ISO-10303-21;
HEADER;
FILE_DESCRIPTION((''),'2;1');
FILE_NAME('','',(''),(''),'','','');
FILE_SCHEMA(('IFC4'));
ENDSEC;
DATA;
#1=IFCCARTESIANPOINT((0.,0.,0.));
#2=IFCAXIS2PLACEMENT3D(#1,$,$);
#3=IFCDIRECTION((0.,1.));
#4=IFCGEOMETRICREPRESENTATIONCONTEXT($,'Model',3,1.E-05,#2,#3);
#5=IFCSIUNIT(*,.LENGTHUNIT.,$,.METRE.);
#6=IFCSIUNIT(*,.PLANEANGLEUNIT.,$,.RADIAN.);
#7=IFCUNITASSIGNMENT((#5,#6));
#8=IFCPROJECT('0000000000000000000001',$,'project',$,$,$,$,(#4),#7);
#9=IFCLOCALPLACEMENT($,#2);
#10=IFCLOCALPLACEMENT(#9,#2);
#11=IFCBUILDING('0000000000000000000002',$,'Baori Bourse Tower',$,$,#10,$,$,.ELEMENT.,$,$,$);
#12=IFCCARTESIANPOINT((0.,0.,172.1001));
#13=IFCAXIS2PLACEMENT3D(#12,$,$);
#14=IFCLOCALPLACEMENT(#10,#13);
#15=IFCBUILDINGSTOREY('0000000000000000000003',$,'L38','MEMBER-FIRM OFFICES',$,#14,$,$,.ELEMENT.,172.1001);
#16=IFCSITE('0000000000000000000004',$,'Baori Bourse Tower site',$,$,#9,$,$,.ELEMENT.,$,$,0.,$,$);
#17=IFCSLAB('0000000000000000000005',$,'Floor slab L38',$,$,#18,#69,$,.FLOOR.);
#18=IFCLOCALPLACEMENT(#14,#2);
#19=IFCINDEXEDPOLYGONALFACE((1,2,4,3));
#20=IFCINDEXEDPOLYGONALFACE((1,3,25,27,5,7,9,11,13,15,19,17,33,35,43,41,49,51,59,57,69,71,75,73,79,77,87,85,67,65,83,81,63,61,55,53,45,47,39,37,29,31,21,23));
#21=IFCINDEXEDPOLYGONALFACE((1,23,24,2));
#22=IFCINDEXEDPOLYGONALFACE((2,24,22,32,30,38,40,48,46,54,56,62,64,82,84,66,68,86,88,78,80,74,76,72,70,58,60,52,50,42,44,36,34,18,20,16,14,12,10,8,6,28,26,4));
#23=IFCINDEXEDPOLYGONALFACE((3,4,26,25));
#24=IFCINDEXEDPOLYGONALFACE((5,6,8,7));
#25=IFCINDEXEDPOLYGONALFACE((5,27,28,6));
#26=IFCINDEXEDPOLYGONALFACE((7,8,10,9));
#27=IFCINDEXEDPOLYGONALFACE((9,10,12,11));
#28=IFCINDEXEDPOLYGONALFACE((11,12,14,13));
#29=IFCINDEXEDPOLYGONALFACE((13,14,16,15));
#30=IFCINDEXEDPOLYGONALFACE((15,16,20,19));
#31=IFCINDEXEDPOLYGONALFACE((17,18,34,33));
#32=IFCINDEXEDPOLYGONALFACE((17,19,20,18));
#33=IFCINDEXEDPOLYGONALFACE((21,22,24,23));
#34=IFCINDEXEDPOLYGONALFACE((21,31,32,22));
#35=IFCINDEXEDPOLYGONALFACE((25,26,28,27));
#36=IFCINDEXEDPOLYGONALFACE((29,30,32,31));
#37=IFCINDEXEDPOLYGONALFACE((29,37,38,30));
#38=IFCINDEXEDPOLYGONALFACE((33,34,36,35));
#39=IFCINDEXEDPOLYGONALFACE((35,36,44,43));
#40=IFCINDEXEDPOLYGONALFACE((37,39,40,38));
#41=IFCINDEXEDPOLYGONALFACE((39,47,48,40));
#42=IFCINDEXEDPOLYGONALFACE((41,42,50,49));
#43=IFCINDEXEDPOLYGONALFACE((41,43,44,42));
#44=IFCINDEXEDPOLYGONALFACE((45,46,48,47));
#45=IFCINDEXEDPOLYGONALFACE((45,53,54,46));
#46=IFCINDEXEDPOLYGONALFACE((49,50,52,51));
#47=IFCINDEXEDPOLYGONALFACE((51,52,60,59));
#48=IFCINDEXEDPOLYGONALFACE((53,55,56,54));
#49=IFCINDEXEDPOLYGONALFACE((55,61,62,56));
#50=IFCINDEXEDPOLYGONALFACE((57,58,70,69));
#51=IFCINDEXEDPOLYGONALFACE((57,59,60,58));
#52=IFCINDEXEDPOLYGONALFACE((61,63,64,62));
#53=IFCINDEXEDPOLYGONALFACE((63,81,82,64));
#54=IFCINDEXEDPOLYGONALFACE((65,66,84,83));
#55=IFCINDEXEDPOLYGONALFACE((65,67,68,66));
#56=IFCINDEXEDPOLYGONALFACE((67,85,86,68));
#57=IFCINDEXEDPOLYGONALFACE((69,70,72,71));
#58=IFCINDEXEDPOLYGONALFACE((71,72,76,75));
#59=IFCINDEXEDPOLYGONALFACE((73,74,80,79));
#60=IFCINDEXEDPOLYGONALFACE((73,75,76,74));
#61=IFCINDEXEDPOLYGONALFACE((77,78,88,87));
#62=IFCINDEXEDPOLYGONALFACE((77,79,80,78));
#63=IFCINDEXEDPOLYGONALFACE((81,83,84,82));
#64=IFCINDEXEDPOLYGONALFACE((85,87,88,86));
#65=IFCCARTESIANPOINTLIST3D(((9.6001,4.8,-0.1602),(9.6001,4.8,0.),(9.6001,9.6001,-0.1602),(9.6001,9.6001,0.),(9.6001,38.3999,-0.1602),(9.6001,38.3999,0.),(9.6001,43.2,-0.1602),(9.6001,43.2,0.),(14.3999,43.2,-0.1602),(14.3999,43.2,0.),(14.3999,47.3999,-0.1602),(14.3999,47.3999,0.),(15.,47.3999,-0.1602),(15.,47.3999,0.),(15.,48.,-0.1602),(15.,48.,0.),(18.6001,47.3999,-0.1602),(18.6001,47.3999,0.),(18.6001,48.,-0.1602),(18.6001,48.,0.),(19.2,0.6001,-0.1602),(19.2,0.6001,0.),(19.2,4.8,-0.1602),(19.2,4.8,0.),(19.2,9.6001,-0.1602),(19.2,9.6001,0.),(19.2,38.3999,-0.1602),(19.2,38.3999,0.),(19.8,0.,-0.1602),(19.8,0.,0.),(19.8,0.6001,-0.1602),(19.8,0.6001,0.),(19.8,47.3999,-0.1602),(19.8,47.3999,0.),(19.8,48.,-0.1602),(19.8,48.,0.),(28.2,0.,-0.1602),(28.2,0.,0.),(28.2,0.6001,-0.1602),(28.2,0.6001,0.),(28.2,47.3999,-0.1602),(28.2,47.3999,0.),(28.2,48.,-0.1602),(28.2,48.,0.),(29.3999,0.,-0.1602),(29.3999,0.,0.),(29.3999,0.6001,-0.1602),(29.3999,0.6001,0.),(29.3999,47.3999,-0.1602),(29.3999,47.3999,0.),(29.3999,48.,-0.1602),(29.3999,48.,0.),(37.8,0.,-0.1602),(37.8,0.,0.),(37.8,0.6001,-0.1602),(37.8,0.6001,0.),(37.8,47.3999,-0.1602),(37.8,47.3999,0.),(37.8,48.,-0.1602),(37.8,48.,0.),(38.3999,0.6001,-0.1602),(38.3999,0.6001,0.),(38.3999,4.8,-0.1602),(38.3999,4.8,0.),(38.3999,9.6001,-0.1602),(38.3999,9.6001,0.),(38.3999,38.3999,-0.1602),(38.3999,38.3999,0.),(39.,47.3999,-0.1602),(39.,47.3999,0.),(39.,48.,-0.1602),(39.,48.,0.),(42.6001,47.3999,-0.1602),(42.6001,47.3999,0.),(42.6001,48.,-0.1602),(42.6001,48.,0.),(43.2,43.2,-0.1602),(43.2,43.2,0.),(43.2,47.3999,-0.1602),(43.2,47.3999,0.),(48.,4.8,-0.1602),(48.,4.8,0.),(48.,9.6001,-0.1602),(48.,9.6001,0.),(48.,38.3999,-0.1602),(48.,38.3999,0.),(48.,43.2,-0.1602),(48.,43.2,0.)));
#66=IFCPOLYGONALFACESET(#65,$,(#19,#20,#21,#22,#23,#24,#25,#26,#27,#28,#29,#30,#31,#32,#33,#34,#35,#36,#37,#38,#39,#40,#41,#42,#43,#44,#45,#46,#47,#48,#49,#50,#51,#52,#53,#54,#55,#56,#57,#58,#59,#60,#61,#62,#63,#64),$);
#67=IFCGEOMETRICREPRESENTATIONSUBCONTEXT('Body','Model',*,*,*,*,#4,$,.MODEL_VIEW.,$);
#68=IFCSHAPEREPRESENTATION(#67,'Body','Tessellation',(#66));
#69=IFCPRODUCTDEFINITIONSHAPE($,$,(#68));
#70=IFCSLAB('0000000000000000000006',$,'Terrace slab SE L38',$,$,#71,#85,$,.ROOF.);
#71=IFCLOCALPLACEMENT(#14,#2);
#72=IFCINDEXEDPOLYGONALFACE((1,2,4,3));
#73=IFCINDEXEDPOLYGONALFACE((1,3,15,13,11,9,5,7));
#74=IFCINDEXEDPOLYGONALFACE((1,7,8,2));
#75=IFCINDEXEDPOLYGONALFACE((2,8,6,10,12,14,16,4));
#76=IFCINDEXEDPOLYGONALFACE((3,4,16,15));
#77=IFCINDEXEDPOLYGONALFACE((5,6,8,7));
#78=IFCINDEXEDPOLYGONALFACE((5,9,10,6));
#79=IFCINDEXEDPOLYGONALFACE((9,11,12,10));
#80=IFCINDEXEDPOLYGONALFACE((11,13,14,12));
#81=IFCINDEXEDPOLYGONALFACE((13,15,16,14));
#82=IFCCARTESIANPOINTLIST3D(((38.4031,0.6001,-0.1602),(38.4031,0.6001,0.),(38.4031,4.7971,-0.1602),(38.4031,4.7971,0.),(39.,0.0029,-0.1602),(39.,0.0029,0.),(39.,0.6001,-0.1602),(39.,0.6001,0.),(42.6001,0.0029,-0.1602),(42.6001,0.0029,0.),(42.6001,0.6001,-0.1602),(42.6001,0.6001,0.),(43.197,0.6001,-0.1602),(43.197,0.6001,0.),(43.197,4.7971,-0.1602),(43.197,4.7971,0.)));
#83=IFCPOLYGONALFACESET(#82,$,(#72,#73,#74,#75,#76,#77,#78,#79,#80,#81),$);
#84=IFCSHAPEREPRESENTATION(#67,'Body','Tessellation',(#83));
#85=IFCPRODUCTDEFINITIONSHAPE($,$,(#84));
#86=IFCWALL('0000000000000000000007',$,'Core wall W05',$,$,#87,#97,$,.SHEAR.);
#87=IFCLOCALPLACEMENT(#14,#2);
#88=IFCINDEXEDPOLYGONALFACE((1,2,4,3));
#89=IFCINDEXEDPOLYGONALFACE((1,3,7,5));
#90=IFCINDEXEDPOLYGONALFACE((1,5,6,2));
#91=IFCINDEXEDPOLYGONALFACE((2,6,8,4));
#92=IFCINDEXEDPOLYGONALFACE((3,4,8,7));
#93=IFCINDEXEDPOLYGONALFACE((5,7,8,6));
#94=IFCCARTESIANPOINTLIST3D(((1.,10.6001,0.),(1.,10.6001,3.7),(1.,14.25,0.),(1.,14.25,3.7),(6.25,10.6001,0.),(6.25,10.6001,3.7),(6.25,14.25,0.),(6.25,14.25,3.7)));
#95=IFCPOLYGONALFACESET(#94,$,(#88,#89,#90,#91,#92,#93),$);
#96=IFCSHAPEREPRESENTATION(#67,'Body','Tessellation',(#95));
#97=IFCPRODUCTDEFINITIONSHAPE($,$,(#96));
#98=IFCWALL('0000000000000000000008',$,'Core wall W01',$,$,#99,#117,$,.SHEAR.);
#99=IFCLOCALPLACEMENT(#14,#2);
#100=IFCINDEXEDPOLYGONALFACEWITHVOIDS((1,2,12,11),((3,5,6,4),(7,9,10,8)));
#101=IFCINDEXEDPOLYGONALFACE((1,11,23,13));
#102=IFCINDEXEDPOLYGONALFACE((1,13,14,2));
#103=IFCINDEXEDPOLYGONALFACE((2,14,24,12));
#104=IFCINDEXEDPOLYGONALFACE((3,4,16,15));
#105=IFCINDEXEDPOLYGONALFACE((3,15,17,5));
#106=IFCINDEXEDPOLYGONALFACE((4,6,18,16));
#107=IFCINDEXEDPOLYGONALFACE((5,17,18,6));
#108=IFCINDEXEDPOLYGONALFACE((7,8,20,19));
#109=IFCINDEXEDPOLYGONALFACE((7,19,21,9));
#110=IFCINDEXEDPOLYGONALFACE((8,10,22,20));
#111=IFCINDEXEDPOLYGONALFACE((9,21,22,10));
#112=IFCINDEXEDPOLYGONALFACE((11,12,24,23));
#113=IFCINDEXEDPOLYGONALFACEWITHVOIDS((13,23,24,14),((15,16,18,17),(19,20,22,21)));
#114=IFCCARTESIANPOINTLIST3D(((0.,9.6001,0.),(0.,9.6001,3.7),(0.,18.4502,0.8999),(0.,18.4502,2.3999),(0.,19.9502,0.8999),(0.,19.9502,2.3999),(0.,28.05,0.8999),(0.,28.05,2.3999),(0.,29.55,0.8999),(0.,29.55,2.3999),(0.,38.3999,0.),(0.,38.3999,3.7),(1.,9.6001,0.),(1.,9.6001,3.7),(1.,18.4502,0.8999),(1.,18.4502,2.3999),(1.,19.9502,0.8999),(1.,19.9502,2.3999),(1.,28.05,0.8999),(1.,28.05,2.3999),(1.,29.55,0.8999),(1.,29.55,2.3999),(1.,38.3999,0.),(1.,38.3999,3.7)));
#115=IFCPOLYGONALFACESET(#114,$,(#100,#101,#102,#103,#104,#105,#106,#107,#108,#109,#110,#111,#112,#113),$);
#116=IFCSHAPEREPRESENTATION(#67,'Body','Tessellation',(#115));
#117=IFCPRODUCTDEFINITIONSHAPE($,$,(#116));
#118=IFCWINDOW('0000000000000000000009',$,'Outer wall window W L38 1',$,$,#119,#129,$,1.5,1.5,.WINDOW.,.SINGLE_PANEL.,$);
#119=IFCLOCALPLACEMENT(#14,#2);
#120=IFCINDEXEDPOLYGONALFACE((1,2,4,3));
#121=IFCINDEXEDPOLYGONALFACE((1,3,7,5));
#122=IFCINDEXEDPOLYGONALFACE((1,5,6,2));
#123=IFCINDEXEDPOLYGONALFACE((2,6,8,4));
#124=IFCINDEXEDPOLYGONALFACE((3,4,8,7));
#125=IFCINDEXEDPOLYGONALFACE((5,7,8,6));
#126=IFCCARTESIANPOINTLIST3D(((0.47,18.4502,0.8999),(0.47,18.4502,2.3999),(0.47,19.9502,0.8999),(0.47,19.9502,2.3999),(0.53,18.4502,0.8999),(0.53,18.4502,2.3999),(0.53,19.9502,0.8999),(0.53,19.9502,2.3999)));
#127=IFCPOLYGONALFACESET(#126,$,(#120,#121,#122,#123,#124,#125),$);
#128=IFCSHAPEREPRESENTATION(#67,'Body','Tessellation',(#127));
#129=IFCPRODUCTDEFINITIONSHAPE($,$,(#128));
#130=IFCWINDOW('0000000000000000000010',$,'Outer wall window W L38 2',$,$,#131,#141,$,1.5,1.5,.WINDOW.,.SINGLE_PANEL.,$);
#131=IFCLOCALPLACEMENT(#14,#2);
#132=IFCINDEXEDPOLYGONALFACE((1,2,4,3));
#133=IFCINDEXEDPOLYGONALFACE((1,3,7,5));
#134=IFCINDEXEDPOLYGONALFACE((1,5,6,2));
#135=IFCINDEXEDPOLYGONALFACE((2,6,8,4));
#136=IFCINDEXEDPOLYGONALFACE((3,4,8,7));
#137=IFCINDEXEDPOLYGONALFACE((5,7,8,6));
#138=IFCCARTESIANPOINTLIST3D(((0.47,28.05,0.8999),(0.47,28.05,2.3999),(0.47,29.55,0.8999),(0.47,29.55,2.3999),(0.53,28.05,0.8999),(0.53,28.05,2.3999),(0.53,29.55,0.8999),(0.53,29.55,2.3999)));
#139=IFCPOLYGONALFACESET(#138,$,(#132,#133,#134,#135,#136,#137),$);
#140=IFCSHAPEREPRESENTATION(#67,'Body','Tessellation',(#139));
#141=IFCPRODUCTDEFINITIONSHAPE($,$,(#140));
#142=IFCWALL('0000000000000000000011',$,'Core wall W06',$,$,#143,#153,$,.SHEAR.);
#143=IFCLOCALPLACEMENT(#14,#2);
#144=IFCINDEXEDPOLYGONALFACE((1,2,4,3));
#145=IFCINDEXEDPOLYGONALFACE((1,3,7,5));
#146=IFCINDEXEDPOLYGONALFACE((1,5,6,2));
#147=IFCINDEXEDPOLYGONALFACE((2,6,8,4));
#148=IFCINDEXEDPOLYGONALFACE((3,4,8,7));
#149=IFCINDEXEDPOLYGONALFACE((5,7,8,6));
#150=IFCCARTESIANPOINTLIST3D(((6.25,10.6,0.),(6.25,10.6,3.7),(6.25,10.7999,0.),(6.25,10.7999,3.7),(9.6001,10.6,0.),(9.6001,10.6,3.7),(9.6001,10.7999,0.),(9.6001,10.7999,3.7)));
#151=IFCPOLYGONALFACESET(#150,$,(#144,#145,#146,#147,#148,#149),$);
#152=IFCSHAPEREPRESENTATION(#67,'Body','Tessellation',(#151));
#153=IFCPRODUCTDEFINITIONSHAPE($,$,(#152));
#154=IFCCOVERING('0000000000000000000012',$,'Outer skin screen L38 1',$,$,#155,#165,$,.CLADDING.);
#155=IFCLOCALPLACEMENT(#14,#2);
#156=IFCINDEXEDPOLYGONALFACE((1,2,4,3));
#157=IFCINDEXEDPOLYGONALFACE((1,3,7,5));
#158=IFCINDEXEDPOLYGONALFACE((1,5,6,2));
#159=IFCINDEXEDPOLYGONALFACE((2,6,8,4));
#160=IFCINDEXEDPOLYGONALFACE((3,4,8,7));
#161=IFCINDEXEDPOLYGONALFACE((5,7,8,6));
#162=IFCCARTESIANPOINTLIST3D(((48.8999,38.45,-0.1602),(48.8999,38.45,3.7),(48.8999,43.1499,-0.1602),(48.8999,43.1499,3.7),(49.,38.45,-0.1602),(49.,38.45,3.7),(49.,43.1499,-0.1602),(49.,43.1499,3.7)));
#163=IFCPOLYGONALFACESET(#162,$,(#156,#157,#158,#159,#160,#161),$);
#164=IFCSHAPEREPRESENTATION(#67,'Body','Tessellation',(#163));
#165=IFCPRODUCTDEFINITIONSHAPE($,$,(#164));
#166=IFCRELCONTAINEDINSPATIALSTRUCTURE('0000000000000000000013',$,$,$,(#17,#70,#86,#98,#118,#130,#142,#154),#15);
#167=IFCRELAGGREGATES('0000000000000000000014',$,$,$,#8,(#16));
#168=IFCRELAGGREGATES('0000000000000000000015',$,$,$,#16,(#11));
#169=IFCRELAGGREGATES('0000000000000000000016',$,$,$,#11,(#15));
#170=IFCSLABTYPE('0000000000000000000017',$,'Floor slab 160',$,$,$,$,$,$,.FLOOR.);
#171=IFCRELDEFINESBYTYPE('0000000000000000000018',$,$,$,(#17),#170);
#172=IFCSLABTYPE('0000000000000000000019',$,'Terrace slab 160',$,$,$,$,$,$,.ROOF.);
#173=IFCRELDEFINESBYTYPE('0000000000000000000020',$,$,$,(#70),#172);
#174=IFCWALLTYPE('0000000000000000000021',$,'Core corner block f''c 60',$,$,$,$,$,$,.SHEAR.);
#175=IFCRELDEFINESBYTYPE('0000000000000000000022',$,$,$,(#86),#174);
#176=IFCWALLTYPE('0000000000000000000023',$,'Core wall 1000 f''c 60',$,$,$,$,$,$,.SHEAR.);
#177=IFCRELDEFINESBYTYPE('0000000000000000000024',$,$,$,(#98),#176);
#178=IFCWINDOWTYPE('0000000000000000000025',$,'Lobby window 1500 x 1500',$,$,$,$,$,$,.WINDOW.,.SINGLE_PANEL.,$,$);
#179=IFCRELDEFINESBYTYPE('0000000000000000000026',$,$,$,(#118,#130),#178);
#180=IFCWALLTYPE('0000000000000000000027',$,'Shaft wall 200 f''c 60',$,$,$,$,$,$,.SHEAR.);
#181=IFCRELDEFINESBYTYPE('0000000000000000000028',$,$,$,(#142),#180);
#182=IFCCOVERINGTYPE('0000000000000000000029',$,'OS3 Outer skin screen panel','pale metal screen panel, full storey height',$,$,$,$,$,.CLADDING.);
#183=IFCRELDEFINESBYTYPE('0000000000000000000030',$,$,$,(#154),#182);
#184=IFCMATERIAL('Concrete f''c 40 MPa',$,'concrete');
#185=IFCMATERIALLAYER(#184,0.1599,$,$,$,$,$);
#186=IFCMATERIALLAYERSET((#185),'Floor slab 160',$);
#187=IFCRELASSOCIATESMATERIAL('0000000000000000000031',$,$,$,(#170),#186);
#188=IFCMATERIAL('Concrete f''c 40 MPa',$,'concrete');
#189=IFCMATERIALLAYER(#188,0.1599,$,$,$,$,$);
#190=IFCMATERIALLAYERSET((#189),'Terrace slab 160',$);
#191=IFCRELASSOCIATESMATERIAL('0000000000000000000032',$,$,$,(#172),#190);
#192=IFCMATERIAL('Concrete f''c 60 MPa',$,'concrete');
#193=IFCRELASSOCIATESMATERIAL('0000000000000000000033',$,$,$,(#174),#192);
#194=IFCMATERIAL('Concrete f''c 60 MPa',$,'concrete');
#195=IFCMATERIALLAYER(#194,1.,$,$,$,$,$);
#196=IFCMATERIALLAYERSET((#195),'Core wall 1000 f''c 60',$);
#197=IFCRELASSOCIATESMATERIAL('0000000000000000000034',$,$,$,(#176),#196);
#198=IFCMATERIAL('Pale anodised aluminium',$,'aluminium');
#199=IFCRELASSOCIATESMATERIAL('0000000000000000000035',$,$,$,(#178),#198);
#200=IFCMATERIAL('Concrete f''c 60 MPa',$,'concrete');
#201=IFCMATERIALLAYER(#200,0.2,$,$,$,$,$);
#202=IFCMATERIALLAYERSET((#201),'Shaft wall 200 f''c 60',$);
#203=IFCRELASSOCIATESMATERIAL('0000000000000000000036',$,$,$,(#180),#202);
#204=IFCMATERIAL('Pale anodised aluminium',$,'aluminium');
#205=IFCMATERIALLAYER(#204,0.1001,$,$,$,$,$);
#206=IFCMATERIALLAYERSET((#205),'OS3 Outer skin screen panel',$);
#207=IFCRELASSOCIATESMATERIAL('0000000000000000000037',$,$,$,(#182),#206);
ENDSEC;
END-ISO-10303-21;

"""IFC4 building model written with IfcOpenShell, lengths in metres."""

from ifc_helpers import new_model, si_unit, direction, frame, frame_2d, origin, place, context, subcontext, project, spatial, polyline, rectangle, outline, extrude, material, layer, layer_set, type_object, element, fill, save


model = new_model("IFC4")

# Units and contexts
model_context = context("Model", 3, precision=1e-05, world=origin(), true_north=direction((0.0, 1.0)))
body_context = subcontext(model_context, "Body", "Model", "MODEL_VIEW")
ifc_project = project(units=[si_unit("LENGTHUNIT", "METRE"), si_unit("PLANEANGLEUNIT", "RADIAN")], contexts=[model_context])

# Site, building, storey
site_placement = place(None, origin())
site = spatial("IfcSite", under=ifc_project, at=site_placement, Name="Baori Bourse Tower site", CompositionType="ELEMENT", RefElevation=0.0)
building_placement = place(site_placement, origin())
building = spatial("IfcBuilding", under=site, at=building_placement, Name="Baori Bourse Tower", CompositionType="ELEMENT")
storey_placement = place(building_placement, frame((0.0, 0.0, 172.1001)))
storey = spatial("IfcBuildingStorey", under=building, at=storey_placement, Name="L38", Description="MEMBER-FIRM OFFICES", CompositionType="ELEMENT", Elevation=172.1001)

# Slabs
ifc_material_1 = material(Name="Concrete f'c 40 MPa", Category="concrete")
ifc_layer_1 = layer(ifc_material_1, 0.1599)
ifc_layer_set_1 = layer_set([ifc_layer_1], Name="Floor slab 160")
slab_type_1 = type_object("IfcSlabType", Name="Floor slab 160", PredefinedType="FLOOR", material=ifc_layer_set_1)
slab_1_placement = place(storey_placement, frame((0.0, 0.0, -0.1602)))
element("IfcSlab", 1, at=slab_1_placement, inside=storey, type_object=slab_type_1, Name="Floor slab L38", PredefinedType="FLOOR", context=body_context, shape_type="SweptSolid", body=[
    extrude(outline(polyline([(19.2, 4.8), (9.6001, 4.8), (9.6001, 9.6001), (19.2, 9.6001), (19.2, 38.3999), (9.6001, 38.3999), (9.6001, 43.2), (14.3999, 43.2), (14.3999, 47.3999), (15.0, 47.3999), (15.0, 48.0), (18.6001, 48.0), (18.6001, 47.3999), (19.8, 47.3999), (19.8, 48.0), (28.2, 48.0), (28.2, 47.3999), (29.3999, 47.3999), (29.3999, 48.0), (37.8, 48.0), (37.8, 47.3999), (39.0, 47.3999), (39.0, 48.0), (42.6001, 48.0), (42.6001, 47.3999), (43.2, 47.3999), (43.2, 43.2), (48.0, 43.2), (48.0, 38.3999), (38.3999, 38.3999), (38.3999, 9.6001), (48.0, 9.6001), (48.0, 4.8), (38.3999, 4.8), (38.3999, 0.6001), (37.8, 0.6001), (37.8, 0.0), (29.3999, 0.0), (29.3999, 0.6001), (28.2, 0.6001), (28.2, 0.0), (19.8, 0.0), (19.8, 0.6001), (19.2, 0.6001), (19.2, 4.8)])), origin(), (0.0, 0.0, 1.0), 0.1602),
])
ifc_material_2 = material(Name="Concrete f'c 40 MPa", Category="concrete")
ifc_layer_2 = layer(ifc_material_2, 0.1599)
ifc_layer_set_2 = layer_set([ifc_layer_2], Name="Terrace slab 160")
slab_type_2 = type_object("IfcSlabType", Name="Terrace slab 160", PredefinedType="ROOF", material=ifc_layer_set_2)
slab_2_placement = place(storey_placement, frame((0.0, 0.0, -0.1602)))
element("IfcSlab", 2, at=slab_2_placement, inside=storey, type_object=slab_type_2, Name="Terrace slab SE L38", PredefinedType="ROOF", context=body_context, shape_type="SweptSolid", body=[
    extrude(outline(polyline([(38.4031, 4.7971), (43.197, 4.7971), (43.197, 0.6001), (42.6001, 0.6001), (42.6001, 0.0029), (39.0, 0.0029), (39.0, 0.6001), (38.4031, 0.6001), (38.4031, 4.7971)])), origin(), (0.0, 0.0, 1.0), 0.1602),
])

# Wall
ifc_material_3 = material(Name="Concrete f'c 60 MPa", Category="concrete")
wall_type_1 = type_object("IfcWallType", Name="Core corner block f'c 60", PredefinedType="SHEAR", material=ifc_material_3)
wall_1_placement = place(storey_placement, frame((1.0, 12.425, 0.0), z_axis=(0.0, 0.0, 1.0), x_axis=(1.0, 0.0, 0.0)))
element("IfcWall", 3, at=wall_1_placement, inside=storey, type_object=wall_type_1, Name="Core wall W05", PredefinedType="SHEAR", context=body_context, shape_type="SweptSolid", body=[
    extrude(rectangle(XDim=5.25, YDim=3.6499, at=frame_2d((2.625, 0.0))), origin(), (0.0, 0.0, 1.0), 3.7),
])

# Wall, openings, windows
ifc_material_4 = material(Name="Concrete f'c 60 MPa", Category="concrete")
ifc_layer_3 = layer(ifc_material_4, 1.0)
ifc_layer_set_3 = layer_set([ifc_layer_3], Name="Core wall 1000 f'c 60")
wall_type_2 = type_object("IfcWallType", Name="Core wall 1000 f'c 60", PredefinedType="SHEAR", material=ifc_layer_set_3)
wall_2_placement = place(storey_placement, frame((0.5, 9.6001, 0.0), z_axis=(0.0, 0.0, 1.0), x_axis=(0.0, 1.0, 0.0)))
wall_2 = element("IfcWall", 4, at=wall_2_placement, inside=storey, type_object=wall_type_2, Name="Core wall W01", PredefinedType="SHEAR", context=body_context, shape_type="SweptSolid", body=[
    extrude(rectangle(XDim=28.7998, YDim=1.0, at=frame_2d((14.3999, 0.0))), origin(), (0.0, 0.0, 1.0), 3.7),
])
opening_1_placement = place(wall_2_placement, frame((8.8501, 0.0, 0.8999)))
opening_1 = element("IfcOpeningElement", 5, at=opening_1_placement, cuts=wall_2, PredefinedType="OPENING", context=body_context, shape_type="SweptSolid", body=[
    extrude(rectangle(XDim=1.5, YDim=1.5, at=frame_2d((0.75, 0.75))), frame((0.0, 0.51, 0.0), z_axis=(0.0, -1.0, 0.0), x_axis=(1.0, 0.0, 0.0)), (0.0, 0.0, 1.0), 1.02),
])
opening_2_placement = place(wall_2_placement, frame((18.45, 0.0, 0.8999)))
opening_2 = element("IfcOpeningElement", 6, at=opening_2_placement, cuts=wall_2, PredefinedType="OPENING", context=body_context, shape_type="SweptSolid", body=[
    extrude(rectangle(XDim=1.5, YDim=1.5, at=frame_2d((0.75, 0.75))), frame((0.0, 0.51, 0.0), z_axis=(0.0, -1.0, 0.0), x_axis=(1.0, 0.0, 0.0)), (0.0, 0.0, 1.0), 1.02),
])
ifc_material_5 = material(Name="Pale anodised aluminium", Category="aluminium")
window_type = type_object("IfcWindowType", Name="Lobby window 1500 x 1500", PartitioningType="SINGLE_PANEL", PredefinedType="WINDOW", material=ifc_material_5)
window_1_placement = place(opening_1_placement, origin())
window_1 = element("IfcWindow", 7, at=window_1_placement, inside=storey, type_object=window_type, Name="Outer wall window W L38 1", OverallHeight=1.5, OverallWidth=1.5, PartitioningType="SINGLE_PANEL", PredefinedType="WINDOW", context=body_context, shape_type="SweptSolid", body=[
    extrude(rectangle(XDim=1.5, YDim=1.5, at=frame_2d((0.75, 0.75))), frame((0.0, 0.03, 0.0), z_axis=(0.0, -1.0, 0.0), x_axis=(1.0, 0.0, 0.0)), (0.0, 0.0, 1.0), 0.0601),
])
fill(opening_1, window_1)
window_2_placement = place(opening_2_placement, origin())
window_2 = element("IfcWindow", 8, at=window_2_placement, inside=storey, type_object=window_type, Name="Outer wall window W L38 2", OverallHeight=1.5, OverallWidth=1.5, PartitioningType="SINGLE_PANEL", PredefinedType="WINDOW", context=body_context, shape_type="SweptSolid", body=[
    extrude(rectangle(XDim=1.5, YDim=1.5, at=frame_2d((0.75, 0.75))), frame((0.0, 0.03, 0.0), z_axis=(0.0, -1.0, 0.0), x_axis=(1.0, 0.0, 0.0)), (0.0, 0.0, 1.0), 0.0601),
])
fill(opening_2, window_2)

# Wall
ifc_material_6 = material(Name="Concrete f'c 60 MPa", Category="concrete")
ifc_layer_4 = layer(ifc_material_6, 0.2)
ifc_layer_set_4 = layer_set([ifc_layer_4], Name="Shaft wall 200 f'c 60")
wall_type_3 = type_object("IfcWallType", Name="Shaft wall 200 f'c 60", PredefinedType="SHEAR", material=ifc_layer_set_4)
wall_3_placement = place(storey_placement, frame((6.25, 10.7, 0.0), z_axis=(0.0, 0.0, 1.0), x_axis=(1.0, 0.0, 0.0)))
element("IfcWall", 9, at=wall_3_placement, inside=storey, type_object=wall_type_3, Name="Core wall W06", PredefinedType="SHEAR", context=body_context, shape_type="SweptSolid", body=[
    extrude(rectangle(XDim=3.3501, YDim=0.2, at=frame_2d((1.675, 0.0))), origin(), (0.0, 0.0, 1.0), 3.7),
])

# Covering
ifc_material_7 = material(Name="Pale anodised aluminium", Category="aluminium")
ifc_layer_5 = layer(ifc_material_7, 0.1001)
ifc_layer_set_5 = layer_set([ifc_layer_5], Name="OS3 Outer skin screen panel")
covering_type_1 = type_object("IfcCoveringType", Name="OS3 Outer skin screen panel", Description="pale metal screen panel, full storey height", PredefinedType="CLADDING", material=ifc_layer_set_5)
covering_1_placement = place(storey_placement, frame((0.0, 0.0, -0.1602)))
element("IfcCovering", 10, at=covering_1_placement, inside=storey, type_object=covering_type_1, Name="Outer skin screen L38 1", PredefinedType="CLADDING", context=body_context, shape_type="SweptSolid", body=[
    extrude(outline(polyline([(48.8999, 43.1499), (48.8999, 38.45), (49.0, 38.45), (49.0, 43.1499), (48.8999, 43.1499)])), origin(), (0.0, 0.0, 1.0), 3.8601),
])

save(model, "model.ifc")
